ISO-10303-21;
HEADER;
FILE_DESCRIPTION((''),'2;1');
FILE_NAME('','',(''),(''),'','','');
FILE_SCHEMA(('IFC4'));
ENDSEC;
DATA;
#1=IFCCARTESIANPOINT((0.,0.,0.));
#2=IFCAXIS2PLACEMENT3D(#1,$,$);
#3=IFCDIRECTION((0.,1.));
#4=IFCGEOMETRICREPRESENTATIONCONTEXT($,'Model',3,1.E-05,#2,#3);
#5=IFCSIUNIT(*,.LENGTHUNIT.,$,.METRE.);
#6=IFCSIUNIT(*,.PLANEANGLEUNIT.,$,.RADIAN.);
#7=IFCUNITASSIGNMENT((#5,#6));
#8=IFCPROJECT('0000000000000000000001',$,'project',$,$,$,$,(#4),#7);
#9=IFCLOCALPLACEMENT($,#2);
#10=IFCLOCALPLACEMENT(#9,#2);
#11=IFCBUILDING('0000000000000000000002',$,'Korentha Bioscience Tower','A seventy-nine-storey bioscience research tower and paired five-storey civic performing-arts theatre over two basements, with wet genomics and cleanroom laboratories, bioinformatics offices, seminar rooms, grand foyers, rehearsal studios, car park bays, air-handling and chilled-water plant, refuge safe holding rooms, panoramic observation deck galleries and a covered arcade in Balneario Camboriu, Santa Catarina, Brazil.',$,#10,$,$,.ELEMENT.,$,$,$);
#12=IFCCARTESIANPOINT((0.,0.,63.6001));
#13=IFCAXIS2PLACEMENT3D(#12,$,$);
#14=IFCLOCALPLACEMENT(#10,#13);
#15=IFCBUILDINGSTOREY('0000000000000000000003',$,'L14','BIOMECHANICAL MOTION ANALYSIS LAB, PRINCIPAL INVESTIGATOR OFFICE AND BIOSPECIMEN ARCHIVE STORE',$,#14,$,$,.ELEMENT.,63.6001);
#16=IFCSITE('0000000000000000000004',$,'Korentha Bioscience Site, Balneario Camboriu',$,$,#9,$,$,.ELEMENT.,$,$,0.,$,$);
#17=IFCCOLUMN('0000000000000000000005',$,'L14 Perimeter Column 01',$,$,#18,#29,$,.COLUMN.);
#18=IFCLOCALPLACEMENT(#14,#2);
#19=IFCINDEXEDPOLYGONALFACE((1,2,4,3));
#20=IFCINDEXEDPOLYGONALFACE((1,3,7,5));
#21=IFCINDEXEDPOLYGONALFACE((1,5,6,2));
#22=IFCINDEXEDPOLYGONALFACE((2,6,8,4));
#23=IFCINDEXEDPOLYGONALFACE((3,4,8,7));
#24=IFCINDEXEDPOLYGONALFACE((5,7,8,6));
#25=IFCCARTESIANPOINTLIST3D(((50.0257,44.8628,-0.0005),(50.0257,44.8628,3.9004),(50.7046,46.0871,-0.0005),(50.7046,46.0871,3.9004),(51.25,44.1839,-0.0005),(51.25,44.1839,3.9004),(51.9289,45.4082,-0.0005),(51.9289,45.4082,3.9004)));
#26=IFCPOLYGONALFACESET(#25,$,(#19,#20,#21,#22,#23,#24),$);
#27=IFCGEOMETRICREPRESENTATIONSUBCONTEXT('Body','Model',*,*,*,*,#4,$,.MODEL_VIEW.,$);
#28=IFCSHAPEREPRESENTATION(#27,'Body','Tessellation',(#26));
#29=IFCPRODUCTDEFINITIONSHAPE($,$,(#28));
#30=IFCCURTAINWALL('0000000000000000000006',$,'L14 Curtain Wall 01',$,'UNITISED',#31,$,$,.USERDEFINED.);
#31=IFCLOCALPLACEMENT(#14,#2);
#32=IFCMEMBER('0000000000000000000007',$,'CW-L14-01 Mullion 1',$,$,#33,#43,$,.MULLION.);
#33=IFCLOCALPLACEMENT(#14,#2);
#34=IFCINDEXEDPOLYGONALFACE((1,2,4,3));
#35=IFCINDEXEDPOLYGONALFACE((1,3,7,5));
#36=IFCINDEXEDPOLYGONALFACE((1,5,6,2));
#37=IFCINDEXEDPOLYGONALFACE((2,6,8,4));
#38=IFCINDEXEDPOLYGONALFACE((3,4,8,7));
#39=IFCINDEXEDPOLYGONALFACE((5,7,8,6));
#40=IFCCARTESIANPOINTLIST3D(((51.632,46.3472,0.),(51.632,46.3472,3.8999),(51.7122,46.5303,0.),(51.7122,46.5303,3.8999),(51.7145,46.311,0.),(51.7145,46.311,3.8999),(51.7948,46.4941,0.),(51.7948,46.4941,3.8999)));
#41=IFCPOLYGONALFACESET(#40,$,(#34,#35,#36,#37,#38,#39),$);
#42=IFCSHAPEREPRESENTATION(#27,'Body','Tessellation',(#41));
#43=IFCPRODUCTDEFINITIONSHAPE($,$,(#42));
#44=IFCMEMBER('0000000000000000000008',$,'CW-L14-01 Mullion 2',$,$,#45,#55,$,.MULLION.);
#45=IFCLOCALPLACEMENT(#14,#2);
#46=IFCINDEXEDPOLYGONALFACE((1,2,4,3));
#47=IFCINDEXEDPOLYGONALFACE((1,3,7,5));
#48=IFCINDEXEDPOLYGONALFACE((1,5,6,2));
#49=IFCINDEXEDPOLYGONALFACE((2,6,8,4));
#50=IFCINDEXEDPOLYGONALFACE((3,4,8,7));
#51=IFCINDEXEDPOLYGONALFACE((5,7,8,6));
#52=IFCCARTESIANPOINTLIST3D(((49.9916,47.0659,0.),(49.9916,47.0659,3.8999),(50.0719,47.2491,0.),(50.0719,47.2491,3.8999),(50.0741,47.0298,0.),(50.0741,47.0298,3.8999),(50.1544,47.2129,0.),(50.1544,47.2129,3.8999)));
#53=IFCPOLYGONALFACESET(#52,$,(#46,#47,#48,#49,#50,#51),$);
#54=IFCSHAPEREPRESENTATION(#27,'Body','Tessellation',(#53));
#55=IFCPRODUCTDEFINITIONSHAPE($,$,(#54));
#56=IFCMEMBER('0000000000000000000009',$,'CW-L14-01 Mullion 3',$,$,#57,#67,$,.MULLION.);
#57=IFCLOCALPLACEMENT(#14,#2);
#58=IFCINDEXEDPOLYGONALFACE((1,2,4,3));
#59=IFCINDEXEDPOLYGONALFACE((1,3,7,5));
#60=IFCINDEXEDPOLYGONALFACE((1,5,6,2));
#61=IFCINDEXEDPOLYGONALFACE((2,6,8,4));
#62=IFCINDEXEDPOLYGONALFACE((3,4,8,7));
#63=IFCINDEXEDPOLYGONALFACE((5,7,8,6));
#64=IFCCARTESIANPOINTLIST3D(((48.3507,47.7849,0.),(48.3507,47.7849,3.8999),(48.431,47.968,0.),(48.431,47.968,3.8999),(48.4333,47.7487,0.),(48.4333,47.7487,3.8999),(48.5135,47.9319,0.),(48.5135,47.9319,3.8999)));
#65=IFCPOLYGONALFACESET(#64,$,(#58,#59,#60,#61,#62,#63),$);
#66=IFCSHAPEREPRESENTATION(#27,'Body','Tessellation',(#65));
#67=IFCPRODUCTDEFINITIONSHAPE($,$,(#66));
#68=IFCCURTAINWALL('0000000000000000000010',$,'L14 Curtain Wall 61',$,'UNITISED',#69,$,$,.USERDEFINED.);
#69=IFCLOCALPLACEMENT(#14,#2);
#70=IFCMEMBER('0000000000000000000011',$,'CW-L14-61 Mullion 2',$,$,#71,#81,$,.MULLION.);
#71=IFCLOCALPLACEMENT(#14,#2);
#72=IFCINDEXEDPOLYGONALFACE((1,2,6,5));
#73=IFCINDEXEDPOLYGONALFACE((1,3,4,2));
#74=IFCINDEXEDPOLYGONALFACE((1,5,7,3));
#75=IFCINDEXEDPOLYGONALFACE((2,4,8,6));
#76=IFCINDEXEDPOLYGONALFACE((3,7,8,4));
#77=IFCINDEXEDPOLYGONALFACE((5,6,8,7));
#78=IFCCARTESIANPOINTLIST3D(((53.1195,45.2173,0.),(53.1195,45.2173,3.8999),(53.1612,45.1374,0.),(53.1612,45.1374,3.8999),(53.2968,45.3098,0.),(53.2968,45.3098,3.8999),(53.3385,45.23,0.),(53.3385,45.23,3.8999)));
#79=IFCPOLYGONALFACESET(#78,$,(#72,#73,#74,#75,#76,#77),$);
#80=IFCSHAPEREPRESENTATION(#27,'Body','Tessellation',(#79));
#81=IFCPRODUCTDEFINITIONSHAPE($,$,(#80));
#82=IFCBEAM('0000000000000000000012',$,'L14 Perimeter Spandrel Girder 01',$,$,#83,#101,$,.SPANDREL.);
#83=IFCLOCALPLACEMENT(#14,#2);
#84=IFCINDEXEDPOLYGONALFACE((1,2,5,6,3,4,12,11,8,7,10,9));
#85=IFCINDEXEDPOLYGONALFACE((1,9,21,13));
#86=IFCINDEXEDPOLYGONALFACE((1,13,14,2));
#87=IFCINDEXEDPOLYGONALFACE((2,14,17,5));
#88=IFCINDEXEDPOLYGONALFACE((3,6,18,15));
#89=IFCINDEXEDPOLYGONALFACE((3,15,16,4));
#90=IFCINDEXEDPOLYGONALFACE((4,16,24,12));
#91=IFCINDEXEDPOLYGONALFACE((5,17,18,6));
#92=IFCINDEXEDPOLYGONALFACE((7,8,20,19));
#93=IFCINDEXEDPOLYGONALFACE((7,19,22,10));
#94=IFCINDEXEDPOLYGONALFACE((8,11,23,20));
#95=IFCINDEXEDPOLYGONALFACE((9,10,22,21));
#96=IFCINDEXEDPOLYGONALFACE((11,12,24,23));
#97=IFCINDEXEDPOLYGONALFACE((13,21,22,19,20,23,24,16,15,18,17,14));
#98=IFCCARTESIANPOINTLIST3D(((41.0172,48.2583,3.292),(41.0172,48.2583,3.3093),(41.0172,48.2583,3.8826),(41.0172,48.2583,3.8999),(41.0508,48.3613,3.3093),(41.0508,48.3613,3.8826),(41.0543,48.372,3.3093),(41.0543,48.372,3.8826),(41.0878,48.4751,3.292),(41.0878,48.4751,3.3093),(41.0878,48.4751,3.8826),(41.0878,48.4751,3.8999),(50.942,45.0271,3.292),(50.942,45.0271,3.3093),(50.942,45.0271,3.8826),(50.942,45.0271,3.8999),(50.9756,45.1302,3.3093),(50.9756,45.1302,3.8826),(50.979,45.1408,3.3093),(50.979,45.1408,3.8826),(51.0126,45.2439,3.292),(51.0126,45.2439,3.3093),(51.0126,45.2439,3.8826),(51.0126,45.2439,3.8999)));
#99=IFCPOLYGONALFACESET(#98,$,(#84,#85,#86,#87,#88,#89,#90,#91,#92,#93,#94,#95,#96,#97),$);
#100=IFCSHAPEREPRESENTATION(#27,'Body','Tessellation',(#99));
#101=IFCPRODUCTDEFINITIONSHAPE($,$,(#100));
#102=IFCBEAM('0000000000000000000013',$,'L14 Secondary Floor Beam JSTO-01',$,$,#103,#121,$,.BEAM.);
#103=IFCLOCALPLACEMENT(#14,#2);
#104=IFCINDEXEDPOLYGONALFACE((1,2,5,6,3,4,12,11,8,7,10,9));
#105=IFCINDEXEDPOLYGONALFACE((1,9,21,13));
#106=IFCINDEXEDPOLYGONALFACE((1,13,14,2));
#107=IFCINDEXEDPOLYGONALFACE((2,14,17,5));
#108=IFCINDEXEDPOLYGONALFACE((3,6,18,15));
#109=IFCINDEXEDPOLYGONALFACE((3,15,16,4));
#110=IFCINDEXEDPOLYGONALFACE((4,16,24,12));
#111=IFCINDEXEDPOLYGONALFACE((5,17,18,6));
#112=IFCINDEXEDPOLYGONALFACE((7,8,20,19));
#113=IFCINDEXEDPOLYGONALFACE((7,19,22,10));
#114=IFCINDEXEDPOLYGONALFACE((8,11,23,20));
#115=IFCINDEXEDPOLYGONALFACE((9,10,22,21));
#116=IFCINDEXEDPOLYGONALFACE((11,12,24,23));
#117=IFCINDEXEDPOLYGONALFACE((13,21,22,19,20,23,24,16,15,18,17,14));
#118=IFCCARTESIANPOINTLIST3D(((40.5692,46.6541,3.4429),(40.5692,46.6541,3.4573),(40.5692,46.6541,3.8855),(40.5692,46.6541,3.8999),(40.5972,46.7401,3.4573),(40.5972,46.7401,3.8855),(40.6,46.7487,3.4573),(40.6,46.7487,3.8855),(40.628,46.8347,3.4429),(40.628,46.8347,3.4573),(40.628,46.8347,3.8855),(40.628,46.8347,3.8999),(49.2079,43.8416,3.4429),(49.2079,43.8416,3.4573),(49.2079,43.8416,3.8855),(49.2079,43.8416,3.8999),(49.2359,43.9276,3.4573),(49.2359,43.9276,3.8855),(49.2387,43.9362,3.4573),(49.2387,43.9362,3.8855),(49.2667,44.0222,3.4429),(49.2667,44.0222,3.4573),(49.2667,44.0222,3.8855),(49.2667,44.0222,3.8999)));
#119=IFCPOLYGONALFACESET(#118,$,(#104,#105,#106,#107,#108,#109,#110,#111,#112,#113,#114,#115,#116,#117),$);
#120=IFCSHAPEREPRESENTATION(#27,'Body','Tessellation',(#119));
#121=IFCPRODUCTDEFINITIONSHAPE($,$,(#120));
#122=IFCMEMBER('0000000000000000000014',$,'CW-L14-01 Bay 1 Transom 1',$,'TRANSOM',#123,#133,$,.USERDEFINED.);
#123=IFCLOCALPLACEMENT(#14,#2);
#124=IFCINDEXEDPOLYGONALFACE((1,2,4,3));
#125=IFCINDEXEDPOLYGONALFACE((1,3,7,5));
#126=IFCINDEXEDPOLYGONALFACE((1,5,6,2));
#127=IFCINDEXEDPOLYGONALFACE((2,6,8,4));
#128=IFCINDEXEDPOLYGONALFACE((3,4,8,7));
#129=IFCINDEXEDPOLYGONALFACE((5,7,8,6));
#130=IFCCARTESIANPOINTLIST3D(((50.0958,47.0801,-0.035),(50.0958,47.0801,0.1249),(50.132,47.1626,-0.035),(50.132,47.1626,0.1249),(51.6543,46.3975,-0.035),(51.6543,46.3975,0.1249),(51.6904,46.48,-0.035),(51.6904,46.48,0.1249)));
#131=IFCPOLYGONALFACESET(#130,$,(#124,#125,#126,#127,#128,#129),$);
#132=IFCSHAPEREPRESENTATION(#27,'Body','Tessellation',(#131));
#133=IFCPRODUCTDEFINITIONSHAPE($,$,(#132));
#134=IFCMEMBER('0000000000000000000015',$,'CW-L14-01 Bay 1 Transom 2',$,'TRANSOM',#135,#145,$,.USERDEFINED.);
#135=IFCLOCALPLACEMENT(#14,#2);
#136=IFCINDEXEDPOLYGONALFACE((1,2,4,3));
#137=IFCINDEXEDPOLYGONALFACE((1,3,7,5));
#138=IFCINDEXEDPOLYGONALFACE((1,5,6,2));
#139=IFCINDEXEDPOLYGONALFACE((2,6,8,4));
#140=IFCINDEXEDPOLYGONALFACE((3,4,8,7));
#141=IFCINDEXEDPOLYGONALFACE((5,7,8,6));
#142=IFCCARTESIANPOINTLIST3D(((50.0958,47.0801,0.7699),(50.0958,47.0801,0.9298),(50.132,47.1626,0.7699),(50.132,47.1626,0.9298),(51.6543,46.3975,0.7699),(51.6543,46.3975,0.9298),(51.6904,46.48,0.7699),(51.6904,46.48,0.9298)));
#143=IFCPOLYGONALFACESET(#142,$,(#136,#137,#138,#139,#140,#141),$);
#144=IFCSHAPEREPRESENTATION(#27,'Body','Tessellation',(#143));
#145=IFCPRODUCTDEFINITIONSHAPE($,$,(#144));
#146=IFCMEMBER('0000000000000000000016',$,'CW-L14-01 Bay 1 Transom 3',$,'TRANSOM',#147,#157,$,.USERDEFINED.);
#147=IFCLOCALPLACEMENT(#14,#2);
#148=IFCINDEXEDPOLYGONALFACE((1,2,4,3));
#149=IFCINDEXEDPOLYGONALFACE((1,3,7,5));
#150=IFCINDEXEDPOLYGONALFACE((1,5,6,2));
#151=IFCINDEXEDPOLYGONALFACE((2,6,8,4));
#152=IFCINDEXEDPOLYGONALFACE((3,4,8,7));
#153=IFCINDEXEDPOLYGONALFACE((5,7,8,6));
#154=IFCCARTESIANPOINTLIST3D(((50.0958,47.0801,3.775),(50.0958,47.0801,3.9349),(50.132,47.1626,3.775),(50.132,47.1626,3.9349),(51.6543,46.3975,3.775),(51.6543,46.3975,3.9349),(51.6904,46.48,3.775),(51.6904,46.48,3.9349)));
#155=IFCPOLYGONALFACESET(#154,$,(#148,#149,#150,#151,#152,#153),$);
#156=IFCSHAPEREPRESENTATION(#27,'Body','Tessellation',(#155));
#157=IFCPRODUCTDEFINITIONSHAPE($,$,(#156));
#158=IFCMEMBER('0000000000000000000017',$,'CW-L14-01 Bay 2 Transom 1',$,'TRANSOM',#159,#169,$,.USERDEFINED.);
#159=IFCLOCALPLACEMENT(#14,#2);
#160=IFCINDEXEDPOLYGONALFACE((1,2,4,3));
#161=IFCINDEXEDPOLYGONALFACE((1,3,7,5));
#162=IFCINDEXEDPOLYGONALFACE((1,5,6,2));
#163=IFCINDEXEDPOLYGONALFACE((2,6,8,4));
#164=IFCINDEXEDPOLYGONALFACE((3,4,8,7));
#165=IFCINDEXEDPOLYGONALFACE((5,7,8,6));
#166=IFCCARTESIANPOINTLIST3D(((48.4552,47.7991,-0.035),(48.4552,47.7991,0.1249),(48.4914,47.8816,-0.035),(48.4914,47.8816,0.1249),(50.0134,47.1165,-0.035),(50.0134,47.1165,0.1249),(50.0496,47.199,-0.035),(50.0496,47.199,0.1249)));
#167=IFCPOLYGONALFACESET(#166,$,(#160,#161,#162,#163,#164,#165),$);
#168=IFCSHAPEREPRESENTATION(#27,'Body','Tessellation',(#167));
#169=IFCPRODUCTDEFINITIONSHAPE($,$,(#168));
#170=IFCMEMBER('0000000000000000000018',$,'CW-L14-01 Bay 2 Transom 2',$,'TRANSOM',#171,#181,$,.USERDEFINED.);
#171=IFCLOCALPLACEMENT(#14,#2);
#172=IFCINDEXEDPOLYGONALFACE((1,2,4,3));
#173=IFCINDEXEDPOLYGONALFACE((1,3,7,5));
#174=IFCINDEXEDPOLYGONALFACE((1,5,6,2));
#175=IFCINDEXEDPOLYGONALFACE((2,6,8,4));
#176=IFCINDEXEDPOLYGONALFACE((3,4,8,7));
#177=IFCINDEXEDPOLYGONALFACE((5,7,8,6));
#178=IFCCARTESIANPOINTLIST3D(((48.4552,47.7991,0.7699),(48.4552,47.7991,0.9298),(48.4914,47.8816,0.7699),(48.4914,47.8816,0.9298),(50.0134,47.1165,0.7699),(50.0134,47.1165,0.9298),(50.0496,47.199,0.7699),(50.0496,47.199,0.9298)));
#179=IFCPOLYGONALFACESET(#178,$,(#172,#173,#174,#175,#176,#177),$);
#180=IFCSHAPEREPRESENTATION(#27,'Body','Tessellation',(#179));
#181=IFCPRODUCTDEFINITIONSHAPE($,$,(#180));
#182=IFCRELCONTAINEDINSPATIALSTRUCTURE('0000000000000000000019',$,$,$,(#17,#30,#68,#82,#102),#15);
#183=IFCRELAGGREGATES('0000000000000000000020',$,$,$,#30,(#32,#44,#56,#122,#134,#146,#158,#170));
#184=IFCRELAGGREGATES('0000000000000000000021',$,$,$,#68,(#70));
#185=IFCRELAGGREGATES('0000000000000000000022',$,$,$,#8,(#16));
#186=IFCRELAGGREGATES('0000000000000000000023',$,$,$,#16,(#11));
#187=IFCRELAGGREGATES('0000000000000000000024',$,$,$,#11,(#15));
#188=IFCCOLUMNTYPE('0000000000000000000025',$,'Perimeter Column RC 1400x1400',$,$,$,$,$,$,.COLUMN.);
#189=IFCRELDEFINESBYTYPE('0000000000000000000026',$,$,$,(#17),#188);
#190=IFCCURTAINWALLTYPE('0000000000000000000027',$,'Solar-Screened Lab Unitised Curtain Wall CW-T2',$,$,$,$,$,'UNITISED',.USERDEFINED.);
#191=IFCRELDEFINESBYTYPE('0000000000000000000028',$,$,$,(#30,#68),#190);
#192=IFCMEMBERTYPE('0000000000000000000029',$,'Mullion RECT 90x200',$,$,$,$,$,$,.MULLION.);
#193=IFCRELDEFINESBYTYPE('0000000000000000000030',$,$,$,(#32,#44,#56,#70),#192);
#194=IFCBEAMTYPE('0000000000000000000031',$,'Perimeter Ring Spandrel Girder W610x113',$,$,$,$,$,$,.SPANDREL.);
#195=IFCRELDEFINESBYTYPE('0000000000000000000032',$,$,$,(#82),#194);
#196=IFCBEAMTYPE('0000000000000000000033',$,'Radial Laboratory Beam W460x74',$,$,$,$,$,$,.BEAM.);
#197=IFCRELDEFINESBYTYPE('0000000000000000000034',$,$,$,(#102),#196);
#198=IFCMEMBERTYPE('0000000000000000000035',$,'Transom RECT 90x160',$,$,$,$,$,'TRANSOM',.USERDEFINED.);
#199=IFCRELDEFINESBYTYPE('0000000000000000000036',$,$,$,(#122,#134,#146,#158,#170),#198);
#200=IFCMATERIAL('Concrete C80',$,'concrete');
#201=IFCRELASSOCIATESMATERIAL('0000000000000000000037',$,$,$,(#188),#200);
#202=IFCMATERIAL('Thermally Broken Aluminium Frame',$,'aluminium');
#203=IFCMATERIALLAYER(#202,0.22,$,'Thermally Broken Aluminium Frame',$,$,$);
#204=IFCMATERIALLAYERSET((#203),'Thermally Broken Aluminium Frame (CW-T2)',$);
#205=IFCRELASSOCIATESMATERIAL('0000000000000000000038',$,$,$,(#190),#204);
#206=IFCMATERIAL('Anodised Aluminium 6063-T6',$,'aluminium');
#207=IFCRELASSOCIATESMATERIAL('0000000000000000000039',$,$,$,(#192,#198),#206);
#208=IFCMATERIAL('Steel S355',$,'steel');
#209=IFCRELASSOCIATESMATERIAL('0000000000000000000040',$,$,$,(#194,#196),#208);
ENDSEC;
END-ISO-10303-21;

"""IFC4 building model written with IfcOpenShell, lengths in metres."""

from ifc_helpers import new_model, si_unit, direction, frame, origin, origin_2d, place, context, subcontext, project, spatial, rectangle, i_section, extrude, material, layer, layer_set, material_profile, profile_set, type_object, element, aggregate, save


model = new_model("IFC4")

# Units and contexts
model_context = context("Model", 3, precision=1e-05, world=origin(), true_north=direction((0.0, 1.0)))
body_context = subcontext(model_context, "Body", "Model", "MODEL_VIEW")
ifc_project = project(units=[si_unit("LENGTHUNIT", "METRE"), si_unit("PLANEANGLEUNIT", "RADIAN")], contexts=[model_context])

# Site, building, storey
site_placement = place(None, origin())
site = spatial("IfcSite", under=ifc_project, at=site_placement, Name="Korentha Bioscience Site, Balneario Camboriu", CompositionType="ELEMENT", RefElevation=0.0)
building_placement = place(site_placement, origin())
building = spatial("IfcBuilding", under=site, at=building_placement, Name="Korentha Bioscience Tower", Description="A seventy-nine-storey bioscience research tower and paired five-storey civic performing-arts theatre over two basements, with wet genomics and cleanroom laboratories, bioinformatics offices, seminar rooms, grand foyers, rehearsal studios, car park bays, air-handling and chilled-water plant, refuge safe holding rooms, panoramic observation deck galleries and a covered arcade in Balneario Camboriu, Santa Catarina, Brazil.", CompositionType="ELEMENT")
storey_placement = place(building_placement, frame((0.0, 0.0, 63.6001)))
storey = spatial("IfcBuildingStorey", under=building, at=storey_placement, Name="L14", Description="BIOMECHANICAL MOTION ANALYSIS LAB, PRINCIPAL INVESTIGATOR OFFICE AND BIOSPECIMEN ARCHIVE STORE", CompositionType="ELEMENT", Elevation=63.6001)

# Column
ifc_material_1 = material(Name="Concrete C80", Category="concrete")
ifc_material_profile_1 = material_profile(ifc_material_1, rectangle(XDim=1.3999, YDim=1.3999, at=origin_2d()), Name="Concrete C80")
ifc_profile_set_1 = profile_set([ifc_material_profile_1], Name="Concrete C80 (COL-P14)")
column_type = type_object("IfcColumnType", Name="Perimeter Column RC 1400x1400", PredefinedType="COLUMN", material=ifc_profile_set_1)
column_placement = place(storey_placement, frame((50.9773, 45.1355, -0.0005), z_axis=(0.0, 0.0, 1.0), x_axis=(-0.874535, 0.484962, 0.0)))
element("IfcColumn", 1, at=column_placement, inside=storey, type_object=column_type, Name="L14 Perimeter Column 01", PredefinedType="COLUMN", context=body_context, shape_type="SweptSolid", body=[
    extrude(rectangle(XDim=1.3999, YDim=1.3999, at=origin_2d()), origin(), (0.0, 0.0, 1.0), 3.9009),
])

# Curtain wall, members
ifc_material_2 = material(Name="Thermally Broken Aluminium Frame", Category="aluminium")
ifc_layer_1 = layer(ifc_material_2, 0.22, Name="Thermally Broken Aluminium Frame")
ifc_layer_set_1 = layer_set([ifc_layer_1], Name="Thermally Broken Aluminium Frame (CW-T2)")
curtain_wall_type = type_object("IfcCurtainWallType", Name="Solar-Screened Lab Unitised Curtain Wall CW-T2", ElementType="UNITISED", PredefinedType="USERDEFINED", material=ifc_layer_set_1)
curtain_wall_1_placement = place(storey_placement, origin())
curtain_wall_1 = element("IfcCurtainWall", 2, at=curtain_wall_1_placement, inside=storey, type_object=curtain_wall_type, Name="L14 Curtain Wall 01", ObjectType="UNITISED", PredefinedType="USERDEFINED")
ifc_material_3 = material(Name="Anodised Aluminium 6063-T6", Category="aluminium")
ifc_material_profile_2 = material_profile(ifc_material_3, rectangle(XDim=0.0901, YDim=0.2, at=origin_2d()), Name="Anodised Aluminium 6063-T6")
ifc_profile_set_2 = profile_set([ifc_material_profile_2], Name="Anodised Aluminium 6063-T6 (CW-MUL)")
member_type_1 = type_object("IfcMemberType", Name="Mullion RECT 90x200", PredefinedType="MULLION", material=ifc_profile_set_2)
member_1_placement = place(storey_placement, frame((51.7134, 46.4207, 0.0), z_axis=(0.0, 0.0, 1.0), x_axis=(-0.915939, 0.401317, 0.0)))
member_1 = element("IfcMember", 3, at=member_1_placement, type_object=member_type_1, Name="CW-L14-01 Mullion 1", PredefinedType="MULLION", context=body_context, shape_type="SweptSolid", body=[
    extrude(rectangle(XDim=0.0901, YDim=0.2, at=origin_2d()), origin(), (0.0, 0.0, 1.0), 3.8999),
])
member_2_placement = place(storey_placement, frame((50.073, 47.1394, 0.0), z_axis=(0.0, 0.0, 1.0), x_axis=(-0.915939, 0.401317, 0.0)))
member_2 = element("IfcMember", 4, at=member_2_placement, type_object=member_type_1, Name="CW-L14-01 Mullion 2", PredefinedType="MULLION", context=body_context, shape_type="SweptSolid", body=[
    extrude(rectangle(XDim=0.0901, YDim=0.2, at=origin_2d()), origin(), (0.0, 0.0, 1.0), 3.8999),
])
member_3_placement = place(storey_placement, frame((48.4321, 47.8584, 0.0), z_axis=(0.0, 0.0, 1.0), x_axis=(-0.915939, 0.401317, 0.0)))
member_3 = element("IfcMember", 5, at=member_3_placement, type_object=member_type_1, Name="CW-L14-01 Mullion 3", PredefinedType="MULLION", context=body_context, shape_type="SweptSolid", body=[
    extrude(rectangle(XDim=0.0901, YDim=0.2, at=origin_2d()), origin(), (0.0, 0.0, 1.0), 3.8999),
])

# Curtain wall, member
curtain_wall_2_placement = place(storey_placement, origin())
curtain_wall_2 = element("IfcCurtainWall", 6, at=curtain_wall_2_placement, inside=storey, type_object=curtain_wall_type, Name="L14 Curtain Wall 61", ObjectType="UNITISED", PredefinedType="USERDEFINED")
member_4_placement = place(storey_placement, frame((53.229, 45.2236, 0.0), z_axis=(0.0, 0.0, 1.0), x_axis=(-0.463009, 0.886354, 0.0)))
member_4 = element("IfcMember", 7, at=member_4_placement, type_object=member_type_1, Name="CW-L14-61 Mullion 2", PredefinedType="MULLION", context=body_context, shape_type="SweptSolid", body=[
    extrude(rectangle(XDim=0.0901, YDim=0.2, at=origin_2d()), origin(), (0.0, 0.0, 1.0), 3.8999),
])

# Beams
ifc_material_4 = material(Name="Steel S355", Category="steel")
ifc_material_profile_3 = material_profile(ifc_material_4, i_section(OverallWidth=0.228, OverallDepth=0.6079, WebThickness=0.0112, FlangeThickness=0.0173, at=origin_2d()), Name="Steel S355")
ifc_profile_set_3 = profile_set([ifc_material_profile_3], Name="Steel S355 (SB-610)")
beam_type_1 = type_object("IfcBeamType", Name="Perimeter Ring Spandrel Girder W610x113", PredefinedType="SPANDREL", material=ifc_profile_set_3)
beam_1_placement = place(storey_placement, frame((50.9773, 45.1355, 3.5959), z_axis=(-0.950875, 0.309575, 0.0), x_axis=(-0.309575, -0.950875, 0.0)))
element("IfcBeam", 8, at=beam_1_placement, inside=storey, type_object=beam_type_1, Name="L14 Perimeter Spandrel Girder 01", PredefinedType="SPANDREL", context=body_context, shape_type="SweptSolid", body=[
    extrude(i_section(OverallWidth=0.228, OverallDepth=0.6079, WebThickness=0.0112, FlangeThickness=0.0173, at=origin_2d()), origin(), (0.0, 0.0, 1.0), 10.4375),
])
ifc_material_profile_4 = material_profile(ifc_material_4, i_section(OverallWidth=0.1899, OverallDepth=0.457, WebThickness=0.009, FlangeThickness=0.0144, at=origin_2d()), Name="Steel S355")
ifc_profile_set_4 = profile_set([ifc_material_profile_4], Name="Steel S355 (RB-460)")
beam_type_2 = type_object("IfcBeamType", Name="Radial Laboratory Beam W460x74", PredefinedType="BEAM", material=ifc_profile_set_4)
beam_2_placement = place(storey_placement, frame((49.2373, 43.9319, 3.6714), z_axis=(-0.950874, 0.309577, 0.0), x_axis=(-0.309577, -0.950874, 0.0)))
element("IfcBeam", 9, at=beam_2_placement, inside=storey, type_object=beam_type_2, Name="L14 Secondary Floor Beam JSTO-01", PredefinedType="BEAM", context=body_context, shape_type="SweptSolid", body=[
    extrude(i_section(OverallWidth=0.1899, OverallDepth=0.457, WebThickness=0.009, FlangeThickness=0.0144, at=origin_2d()), origin(), (0.0, 0.0, 1.0), 9.085),
])

# Members
ifc_material_profile_5 = material_profile(ifc_material_3, rectangle(XDim=0.0901, YDim=0.1599, at=origin_2d()), Name="Anodised Aluminium 6063-T6")
ifc_profile_set_5 = profile_set([ifc_material_profile_5], Name="Anodised Aluminium 6063-T6 (CW-TRN)")
member_type_2 = type_object("IfcMemberType", Name="Transom RECT 90x160", ElementType="TRANSOM", PredefinedType="USERDEFINED", material=ifc_profile_set_5)
member_5_placement = place(storey_placement, frame((51.6724, 46.4387, 0.0449), z_axis=(-0.915976, 0.401233, 0.0), x_axis=(-0.401233, -0.915976, 0.0)))
member_5 = element("IfcMember", 10, at=member_5_placement, type_object=member_type_2, Name="CW-L14-01 Bay 1 Transom 1", ObjectType="TRANSOM", PredefinedType="USERDEFINED", context=body_context, shape_type="SweptSolid", body=[
    extrude(rectangle(XDim=0.0901, YDim=0.1599, at=origin_2d()), origin(), (0.0, 0.0, 1.0), 1.7014),
])
member_6_placement = place(storey_placement, frame((51.6724, 46.4387, 0.8499), z_axis=(-0.915976, 0.401233, 0.0), x_axis=(-0.401233, -0.915976, 0.0)))
member_6 = element("IfcMember", 11, at=member_6_placement, type_object=member_type_2, Name="CW-L14-01 Bay 1 Transom 2", ObjectType="TRANSOM", PredefinedType="USERDEFINED", context=body_context, shape_type="SweptSolid", body=[
    extrude(rectangle(XDim=0.0901, YDim=0.1599, at=origin_2d()), origin(), (0.0, 0.0, 1.0), 1.7014),
])
member_7_placement = place(storey_placement, frame((51.6724, 46.4387, 3.855), z_axis=(-0.915976, 0.401233, 0.0), x_axis=(-0.401233, -0.915976, 0.0)))
member_7 = element("IfcMember", 12, at=member_7_placement, type_object=member_type_2, Name="CW-L14-01 Bay 1 Transom 3", ObjectType="TRANSOM", PredefinedType="USERDEFINED", context=body_context, shape_type="SweptSolid", body=[
    extrude(rectangle(XDim=0.0901, YDim=0.1599, at=origin_2d()), origin(), (0.0, 0.0, 1.0), 1.7014),
])
member_8_placement = place(storey_placement, frame((50.0315, 47.1577, 0.0449), z_axis=(-0.915953, 0.401286, 0.0), x_axis=(-0.401286, -0.915953, 0.0)))
member_8 = element("IfcMember", 13, at=member_8_placement, type_object=member_type_2, Name="CW-L14-01 Bay 2 Transom 1", ObjectType="TRANSOM", PredefinedType="USERDEFINED", context=body_context, shape_type="SweptSolid", body=[
    extrude(rectangle(XDim=0.0901, YDim=0.1599, at=origin_2d()), origin(), (0.0, 0.0, 1.0), 1.7012),
])
member_9_placement = place(storey_placement, frame((50.0315, 47.1577, 0.8499), z_axis=(-0.915953, 0.401286, 0.0), x_axis=(-0.401286, -0.915953, 0.0)))
member_9 = element("IfcMember", 14, at=member_9_placement, type_object=member_type_2, Name="CW-L14-01 Bay 2 Transom 2", ObjectType="TRANSOM", PredefinedType="USERDEFINED", context=body_context, shape_type="SweptSolid", body=[
    extrude(rectangle(XDim=0.0901, YDim=0.1599, at=origin_2d()), origin(), (0.0, 0.0, 1.0), 1.7012),
])

aggregate(curtain_wall_1, [member_1, member_2, member_3, member_5, member_6, member_7, member_8, member_9])
aggregate(curtain_wall_2, [member_4])

save(model, "model.ifc")
